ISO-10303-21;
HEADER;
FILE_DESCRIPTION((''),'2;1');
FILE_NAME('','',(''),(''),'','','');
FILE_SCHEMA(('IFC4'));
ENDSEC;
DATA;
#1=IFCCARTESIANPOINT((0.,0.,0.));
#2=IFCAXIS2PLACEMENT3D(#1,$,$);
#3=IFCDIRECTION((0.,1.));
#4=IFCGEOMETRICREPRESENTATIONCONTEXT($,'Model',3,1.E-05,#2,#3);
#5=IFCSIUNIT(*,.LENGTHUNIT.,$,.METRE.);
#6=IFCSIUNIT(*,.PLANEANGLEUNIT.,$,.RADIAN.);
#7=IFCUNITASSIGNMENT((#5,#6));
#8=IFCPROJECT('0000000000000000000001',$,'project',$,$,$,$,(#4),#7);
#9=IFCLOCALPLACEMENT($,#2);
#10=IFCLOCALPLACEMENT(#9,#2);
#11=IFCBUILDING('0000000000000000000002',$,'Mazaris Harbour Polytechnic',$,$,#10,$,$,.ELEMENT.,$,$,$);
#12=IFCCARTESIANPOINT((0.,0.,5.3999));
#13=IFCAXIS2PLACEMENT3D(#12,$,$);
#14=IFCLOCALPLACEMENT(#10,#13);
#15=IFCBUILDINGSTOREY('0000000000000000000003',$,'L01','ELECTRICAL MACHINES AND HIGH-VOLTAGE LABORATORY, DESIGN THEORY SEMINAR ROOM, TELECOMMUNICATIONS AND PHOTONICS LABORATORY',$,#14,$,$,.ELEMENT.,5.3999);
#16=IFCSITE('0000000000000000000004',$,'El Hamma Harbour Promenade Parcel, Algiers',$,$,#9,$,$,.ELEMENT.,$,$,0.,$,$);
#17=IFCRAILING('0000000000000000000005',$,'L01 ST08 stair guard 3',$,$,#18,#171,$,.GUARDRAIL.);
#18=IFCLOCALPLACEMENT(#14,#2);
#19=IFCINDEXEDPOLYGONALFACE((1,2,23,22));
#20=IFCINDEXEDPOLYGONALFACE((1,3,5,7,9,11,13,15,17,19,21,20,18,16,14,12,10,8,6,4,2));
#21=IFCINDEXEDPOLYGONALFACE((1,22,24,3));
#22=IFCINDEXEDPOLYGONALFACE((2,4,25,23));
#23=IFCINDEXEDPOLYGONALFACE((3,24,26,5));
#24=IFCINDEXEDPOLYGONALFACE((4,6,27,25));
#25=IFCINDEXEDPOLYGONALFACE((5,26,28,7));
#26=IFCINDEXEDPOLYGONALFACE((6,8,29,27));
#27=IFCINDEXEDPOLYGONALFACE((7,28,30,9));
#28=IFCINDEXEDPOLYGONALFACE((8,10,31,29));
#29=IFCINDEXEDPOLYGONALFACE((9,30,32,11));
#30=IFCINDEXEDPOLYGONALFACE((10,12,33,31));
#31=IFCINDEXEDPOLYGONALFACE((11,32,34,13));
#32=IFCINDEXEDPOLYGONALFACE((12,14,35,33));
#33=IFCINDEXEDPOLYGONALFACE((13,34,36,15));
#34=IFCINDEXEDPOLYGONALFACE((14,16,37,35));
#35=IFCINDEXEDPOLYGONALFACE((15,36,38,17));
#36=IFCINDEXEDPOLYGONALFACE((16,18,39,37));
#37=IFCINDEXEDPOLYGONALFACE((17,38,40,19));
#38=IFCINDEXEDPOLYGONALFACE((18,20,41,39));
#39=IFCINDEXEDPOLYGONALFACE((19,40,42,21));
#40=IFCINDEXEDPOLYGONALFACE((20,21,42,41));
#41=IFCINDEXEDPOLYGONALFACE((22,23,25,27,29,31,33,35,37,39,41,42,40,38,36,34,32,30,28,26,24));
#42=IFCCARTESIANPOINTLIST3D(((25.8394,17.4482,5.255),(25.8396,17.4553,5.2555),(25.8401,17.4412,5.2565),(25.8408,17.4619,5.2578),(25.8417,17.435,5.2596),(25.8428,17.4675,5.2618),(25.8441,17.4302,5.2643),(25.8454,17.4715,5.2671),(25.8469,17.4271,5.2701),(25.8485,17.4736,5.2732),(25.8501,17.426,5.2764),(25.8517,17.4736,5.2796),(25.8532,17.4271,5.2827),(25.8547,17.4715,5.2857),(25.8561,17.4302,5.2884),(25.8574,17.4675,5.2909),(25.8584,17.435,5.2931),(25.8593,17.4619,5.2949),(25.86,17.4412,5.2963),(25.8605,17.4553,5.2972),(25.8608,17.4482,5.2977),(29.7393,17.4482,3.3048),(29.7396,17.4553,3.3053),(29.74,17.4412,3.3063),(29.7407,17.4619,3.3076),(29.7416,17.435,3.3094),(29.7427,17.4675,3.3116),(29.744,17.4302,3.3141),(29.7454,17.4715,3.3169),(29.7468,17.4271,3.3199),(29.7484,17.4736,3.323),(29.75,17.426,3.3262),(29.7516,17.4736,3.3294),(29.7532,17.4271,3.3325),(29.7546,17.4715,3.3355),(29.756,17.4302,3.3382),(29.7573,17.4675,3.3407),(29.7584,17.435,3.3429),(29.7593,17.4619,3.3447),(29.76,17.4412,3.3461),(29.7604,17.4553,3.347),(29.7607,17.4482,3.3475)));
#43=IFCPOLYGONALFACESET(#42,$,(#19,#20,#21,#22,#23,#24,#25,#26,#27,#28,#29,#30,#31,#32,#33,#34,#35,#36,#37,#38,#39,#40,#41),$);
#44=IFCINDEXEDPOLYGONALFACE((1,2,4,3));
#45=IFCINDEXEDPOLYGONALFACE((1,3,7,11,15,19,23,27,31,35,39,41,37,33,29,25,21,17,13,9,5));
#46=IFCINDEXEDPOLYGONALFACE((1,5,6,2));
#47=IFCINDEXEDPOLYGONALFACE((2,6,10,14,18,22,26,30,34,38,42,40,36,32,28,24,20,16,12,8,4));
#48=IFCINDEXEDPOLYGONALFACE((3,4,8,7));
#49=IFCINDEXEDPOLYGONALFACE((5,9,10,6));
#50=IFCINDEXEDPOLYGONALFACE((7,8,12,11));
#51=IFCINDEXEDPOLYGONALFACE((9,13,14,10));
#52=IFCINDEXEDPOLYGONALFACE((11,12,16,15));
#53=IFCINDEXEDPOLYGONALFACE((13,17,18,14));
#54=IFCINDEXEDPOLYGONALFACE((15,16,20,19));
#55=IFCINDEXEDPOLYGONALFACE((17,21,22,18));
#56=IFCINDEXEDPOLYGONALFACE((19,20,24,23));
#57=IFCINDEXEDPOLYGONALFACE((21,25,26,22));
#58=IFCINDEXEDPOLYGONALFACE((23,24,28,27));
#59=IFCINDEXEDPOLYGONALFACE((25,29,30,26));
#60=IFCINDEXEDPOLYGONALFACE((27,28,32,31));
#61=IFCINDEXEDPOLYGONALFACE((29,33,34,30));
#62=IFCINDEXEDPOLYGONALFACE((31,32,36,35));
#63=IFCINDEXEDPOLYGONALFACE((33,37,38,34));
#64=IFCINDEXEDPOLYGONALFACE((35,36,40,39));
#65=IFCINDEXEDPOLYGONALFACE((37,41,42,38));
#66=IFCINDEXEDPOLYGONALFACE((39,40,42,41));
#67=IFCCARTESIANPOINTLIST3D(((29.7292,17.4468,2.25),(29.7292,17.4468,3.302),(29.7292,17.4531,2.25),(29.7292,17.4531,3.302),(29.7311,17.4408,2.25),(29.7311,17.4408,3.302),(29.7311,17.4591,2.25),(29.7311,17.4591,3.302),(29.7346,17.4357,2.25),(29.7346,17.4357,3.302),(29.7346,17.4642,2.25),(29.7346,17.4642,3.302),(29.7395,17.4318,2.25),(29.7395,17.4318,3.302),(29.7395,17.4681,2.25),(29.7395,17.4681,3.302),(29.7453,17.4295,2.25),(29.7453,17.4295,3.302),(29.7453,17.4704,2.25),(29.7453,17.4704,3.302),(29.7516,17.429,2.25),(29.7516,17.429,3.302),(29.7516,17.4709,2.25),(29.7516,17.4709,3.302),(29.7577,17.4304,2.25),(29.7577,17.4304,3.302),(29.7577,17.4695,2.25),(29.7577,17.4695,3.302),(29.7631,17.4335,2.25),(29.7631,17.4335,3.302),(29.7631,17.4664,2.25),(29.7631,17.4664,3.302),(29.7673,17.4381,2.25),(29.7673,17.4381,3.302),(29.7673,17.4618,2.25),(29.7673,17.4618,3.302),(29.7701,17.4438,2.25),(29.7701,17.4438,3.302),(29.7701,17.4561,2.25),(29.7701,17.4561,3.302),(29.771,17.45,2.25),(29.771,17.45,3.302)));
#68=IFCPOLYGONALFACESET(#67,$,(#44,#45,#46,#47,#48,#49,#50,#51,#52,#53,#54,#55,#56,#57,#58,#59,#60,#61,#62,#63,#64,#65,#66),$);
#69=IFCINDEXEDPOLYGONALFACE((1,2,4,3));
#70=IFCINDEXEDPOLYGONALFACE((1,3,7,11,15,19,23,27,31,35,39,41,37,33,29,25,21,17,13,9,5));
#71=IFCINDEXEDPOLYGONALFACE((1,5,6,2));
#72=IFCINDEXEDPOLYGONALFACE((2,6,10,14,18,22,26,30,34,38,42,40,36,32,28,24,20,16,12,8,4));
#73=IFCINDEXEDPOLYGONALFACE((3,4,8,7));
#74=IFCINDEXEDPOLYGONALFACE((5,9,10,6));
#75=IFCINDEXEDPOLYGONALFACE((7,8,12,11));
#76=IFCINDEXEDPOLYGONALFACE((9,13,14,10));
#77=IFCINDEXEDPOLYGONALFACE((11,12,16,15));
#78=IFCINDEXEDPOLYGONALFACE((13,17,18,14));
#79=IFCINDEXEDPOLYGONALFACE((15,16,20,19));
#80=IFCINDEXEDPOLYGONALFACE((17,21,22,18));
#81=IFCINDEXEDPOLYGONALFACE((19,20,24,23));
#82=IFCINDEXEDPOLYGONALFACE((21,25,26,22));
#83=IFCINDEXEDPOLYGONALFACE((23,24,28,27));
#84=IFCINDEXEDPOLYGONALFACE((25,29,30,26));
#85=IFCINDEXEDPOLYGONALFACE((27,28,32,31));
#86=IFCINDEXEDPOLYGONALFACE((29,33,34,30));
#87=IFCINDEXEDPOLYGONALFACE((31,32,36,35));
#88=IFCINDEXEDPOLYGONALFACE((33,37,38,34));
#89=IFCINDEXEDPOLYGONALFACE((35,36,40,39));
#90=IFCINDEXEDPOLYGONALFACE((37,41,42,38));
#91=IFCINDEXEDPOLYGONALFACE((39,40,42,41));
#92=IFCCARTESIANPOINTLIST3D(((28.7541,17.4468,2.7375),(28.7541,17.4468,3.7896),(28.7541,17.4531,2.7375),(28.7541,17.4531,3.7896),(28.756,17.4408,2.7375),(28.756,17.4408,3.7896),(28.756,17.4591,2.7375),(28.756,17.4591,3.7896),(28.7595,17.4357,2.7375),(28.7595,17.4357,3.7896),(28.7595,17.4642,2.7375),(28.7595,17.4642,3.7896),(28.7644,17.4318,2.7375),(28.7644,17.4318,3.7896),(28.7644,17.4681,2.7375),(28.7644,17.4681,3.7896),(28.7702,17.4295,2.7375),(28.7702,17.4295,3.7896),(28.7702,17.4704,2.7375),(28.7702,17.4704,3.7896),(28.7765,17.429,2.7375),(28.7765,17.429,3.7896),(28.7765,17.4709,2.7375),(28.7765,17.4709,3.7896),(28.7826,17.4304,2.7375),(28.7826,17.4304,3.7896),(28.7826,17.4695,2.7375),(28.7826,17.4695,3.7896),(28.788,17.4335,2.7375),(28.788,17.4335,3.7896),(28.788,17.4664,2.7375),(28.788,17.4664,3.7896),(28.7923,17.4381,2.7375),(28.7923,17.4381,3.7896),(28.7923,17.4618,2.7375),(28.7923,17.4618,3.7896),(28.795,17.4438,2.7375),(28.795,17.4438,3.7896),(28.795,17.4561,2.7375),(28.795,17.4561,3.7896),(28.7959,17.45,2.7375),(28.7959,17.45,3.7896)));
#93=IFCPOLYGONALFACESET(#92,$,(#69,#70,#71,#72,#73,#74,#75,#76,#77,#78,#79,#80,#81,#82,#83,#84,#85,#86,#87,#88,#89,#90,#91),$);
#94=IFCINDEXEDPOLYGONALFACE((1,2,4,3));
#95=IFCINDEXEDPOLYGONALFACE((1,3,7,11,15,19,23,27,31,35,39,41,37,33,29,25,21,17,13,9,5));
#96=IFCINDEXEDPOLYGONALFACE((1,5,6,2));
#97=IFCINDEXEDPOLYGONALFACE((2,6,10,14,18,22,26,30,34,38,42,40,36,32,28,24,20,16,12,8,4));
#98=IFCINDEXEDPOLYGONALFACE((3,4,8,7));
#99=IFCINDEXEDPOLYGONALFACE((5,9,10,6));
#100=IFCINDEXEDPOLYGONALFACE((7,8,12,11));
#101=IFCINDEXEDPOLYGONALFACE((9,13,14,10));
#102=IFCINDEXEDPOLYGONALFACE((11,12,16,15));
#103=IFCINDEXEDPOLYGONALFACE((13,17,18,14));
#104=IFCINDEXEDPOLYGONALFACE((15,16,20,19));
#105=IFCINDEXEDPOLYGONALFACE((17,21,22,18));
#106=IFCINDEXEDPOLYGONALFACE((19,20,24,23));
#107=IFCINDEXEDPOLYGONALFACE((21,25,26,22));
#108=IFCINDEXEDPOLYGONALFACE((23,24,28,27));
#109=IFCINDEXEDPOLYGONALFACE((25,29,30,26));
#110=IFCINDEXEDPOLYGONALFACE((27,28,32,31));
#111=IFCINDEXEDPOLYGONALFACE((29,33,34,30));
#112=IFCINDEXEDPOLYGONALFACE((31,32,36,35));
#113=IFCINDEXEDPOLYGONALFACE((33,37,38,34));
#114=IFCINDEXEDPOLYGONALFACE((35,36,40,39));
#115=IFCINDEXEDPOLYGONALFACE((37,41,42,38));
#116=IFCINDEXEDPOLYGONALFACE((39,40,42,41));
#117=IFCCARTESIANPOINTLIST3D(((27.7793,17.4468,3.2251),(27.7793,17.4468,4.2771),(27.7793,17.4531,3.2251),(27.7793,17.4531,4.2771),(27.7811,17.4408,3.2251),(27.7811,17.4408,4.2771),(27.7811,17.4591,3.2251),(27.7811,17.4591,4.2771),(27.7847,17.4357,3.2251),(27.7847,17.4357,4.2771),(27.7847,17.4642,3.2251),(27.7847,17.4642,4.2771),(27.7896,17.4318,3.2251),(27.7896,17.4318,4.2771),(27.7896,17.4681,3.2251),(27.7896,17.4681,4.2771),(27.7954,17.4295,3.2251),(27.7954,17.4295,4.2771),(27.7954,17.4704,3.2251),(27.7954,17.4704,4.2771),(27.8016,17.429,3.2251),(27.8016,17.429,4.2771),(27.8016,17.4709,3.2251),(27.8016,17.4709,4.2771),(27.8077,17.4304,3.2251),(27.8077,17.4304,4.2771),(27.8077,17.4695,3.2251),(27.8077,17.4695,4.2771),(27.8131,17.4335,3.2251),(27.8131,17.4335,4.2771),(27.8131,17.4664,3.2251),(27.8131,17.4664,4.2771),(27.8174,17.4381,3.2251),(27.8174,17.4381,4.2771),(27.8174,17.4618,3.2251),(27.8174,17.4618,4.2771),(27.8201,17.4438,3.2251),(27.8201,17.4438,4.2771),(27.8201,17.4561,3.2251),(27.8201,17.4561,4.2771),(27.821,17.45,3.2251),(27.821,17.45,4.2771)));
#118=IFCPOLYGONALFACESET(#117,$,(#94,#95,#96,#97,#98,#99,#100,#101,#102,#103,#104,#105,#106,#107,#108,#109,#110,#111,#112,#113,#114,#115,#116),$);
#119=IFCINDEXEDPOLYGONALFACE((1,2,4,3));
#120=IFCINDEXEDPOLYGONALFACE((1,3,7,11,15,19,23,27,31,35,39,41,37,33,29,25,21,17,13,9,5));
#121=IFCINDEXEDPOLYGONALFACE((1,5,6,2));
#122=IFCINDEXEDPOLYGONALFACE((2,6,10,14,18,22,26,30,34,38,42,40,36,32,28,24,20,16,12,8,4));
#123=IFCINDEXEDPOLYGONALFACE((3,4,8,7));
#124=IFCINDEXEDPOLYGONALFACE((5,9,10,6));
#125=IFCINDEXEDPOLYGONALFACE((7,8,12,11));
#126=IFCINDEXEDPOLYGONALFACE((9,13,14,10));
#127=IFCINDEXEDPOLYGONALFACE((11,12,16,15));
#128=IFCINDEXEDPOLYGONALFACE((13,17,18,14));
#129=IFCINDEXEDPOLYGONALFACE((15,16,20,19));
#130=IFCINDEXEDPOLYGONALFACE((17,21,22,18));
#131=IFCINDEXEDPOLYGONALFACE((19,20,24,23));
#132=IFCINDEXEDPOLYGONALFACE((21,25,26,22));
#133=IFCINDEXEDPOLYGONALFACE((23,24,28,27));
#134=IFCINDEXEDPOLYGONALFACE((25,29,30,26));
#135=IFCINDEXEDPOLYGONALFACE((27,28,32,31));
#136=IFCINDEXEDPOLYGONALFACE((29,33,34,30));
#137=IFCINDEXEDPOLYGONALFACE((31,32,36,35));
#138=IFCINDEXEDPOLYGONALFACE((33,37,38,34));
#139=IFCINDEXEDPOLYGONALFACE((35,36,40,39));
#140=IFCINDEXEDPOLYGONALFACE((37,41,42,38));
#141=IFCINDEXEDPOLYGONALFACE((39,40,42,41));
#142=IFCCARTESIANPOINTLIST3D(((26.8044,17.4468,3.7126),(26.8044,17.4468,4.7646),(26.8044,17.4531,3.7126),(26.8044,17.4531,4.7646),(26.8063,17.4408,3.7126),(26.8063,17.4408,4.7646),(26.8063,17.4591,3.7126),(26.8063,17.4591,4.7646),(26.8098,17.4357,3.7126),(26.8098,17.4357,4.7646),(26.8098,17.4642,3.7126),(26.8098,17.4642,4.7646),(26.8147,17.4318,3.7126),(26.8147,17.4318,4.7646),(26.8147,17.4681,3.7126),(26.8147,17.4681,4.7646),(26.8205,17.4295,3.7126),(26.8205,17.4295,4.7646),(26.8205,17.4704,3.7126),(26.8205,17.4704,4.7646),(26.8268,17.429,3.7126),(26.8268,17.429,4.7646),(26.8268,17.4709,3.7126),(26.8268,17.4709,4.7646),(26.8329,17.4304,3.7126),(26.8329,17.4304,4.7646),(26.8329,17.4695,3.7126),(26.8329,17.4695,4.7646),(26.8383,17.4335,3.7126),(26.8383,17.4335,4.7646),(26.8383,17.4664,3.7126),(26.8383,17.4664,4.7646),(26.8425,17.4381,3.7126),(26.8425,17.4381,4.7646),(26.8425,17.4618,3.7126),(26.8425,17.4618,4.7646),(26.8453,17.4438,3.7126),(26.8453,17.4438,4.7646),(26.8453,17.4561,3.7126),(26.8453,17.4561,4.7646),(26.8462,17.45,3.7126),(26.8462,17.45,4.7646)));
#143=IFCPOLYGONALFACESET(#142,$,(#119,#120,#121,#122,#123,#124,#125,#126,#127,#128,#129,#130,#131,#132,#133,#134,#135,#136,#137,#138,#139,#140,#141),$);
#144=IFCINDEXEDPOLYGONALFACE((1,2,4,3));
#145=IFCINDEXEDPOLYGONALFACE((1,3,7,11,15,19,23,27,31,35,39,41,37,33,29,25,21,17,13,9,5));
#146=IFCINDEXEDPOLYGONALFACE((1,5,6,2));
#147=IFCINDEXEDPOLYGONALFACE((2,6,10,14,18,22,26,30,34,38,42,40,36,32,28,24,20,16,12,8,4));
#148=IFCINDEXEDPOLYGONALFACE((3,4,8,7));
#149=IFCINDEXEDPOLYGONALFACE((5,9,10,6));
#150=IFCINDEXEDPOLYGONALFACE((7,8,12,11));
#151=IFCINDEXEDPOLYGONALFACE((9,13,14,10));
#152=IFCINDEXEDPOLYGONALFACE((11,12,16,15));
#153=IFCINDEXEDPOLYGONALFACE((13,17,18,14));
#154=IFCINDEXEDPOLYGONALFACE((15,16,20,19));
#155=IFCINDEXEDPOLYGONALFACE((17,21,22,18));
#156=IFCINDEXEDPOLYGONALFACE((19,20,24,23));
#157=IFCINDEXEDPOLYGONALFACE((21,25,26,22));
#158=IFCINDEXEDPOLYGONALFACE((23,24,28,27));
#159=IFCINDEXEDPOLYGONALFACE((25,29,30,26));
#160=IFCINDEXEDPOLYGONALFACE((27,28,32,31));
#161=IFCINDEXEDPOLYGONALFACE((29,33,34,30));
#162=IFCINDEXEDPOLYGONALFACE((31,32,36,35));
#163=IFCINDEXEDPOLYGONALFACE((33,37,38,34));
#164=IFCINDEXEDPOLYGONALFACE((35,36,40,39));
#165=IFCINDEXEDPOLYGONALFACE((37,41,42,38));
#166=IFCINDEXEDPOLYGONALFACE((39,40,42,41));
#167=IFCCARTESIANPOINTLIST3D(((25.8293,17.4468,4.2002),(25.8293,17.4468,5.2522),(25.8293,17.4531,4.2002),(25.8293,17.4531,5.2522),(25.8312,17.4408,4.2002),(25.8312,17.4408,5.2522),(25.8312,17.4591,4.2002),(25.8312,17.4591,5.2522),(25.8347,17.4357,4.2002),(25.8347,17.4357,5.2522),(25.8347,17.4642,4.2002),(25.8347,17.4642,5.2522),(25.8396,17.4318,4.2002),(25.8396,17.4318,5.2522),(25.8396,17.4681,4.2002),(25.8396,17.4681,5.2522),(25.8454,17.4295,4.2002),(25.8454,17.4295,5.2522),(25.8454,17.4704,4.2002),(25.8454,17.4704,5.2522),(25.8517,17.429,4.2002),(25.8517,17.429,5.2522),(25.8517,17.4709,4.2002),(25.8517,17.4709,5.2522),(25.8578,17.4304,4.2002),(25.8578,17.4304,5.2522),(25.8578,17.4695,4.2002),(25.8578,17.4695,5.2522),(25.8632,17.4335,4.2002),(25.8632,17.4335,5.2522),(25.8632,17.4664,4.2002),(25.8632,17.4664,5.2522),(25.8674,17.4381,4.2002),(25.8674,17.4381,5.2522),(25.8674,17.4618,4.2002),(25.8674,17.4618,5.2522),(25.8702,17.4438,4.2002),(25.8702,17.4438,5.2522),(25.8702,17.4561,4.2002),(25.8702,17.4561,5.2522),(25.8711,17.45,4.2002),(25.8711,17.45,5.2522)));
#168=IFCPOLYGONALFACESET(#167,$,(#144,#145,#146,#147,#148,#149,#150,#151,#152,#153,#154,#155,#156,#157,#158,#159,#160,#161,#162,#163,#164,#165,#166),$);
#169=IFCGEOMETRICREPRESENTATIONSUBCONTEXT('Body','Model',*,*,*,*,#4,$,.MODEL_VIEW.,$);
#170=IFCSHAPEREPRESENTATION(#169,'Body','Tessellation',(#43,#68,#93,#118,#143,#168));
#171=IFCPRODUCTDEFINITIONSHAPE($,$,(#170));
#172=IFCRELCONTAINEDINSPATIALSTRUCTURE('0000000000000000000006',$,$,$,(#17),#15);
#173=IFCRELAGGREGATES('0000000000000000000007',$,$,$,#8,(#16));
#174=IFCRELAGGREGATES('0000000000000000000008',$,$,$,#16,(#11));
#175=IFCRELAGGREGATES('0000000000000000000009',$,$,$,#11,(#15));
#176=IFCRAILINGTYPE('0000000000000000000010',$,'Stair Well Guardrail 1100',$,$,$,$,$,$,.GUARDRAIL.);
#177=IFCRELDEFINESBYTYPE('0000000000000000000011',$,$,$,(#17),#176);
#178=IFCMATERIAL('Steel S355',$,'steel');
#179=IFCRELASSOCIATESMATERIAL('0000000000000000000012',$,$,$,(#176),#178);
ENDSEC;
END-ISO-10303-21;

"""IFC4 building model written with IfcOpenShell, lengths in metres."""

from ifc_helpers import new_model, si_unit, direction, frame, origin, origin_2d, place, context, subcontext, project, spatial, circle, extrude, material, type_object, element, save


model = new_model("IFC4")

# Units and contexts
model_context = context("Model", 3, precision=1e-05, world=origin(), true_north=direction((0.0, 1.0)))
body_context = subcontext(model_context, "Body", "Model", "MODEL_VIEW")
ifc_project = project(units=[si_unit("LENGTHUNIT", "METRE"), si_unit("PLANEANGLEUNIT", "RADIAN")], contexts=[model_context])

# Site, building, storey
site_placement = place(None, origin())
site = spatial("IfcSite", under=ifc_project, at=site_placement, Name="El Hamma Harbour Promenade Parcel, Algiers", CompositionType="ELEMENT", RefElevation=0.0)
building_placement = place(site_placement, origin())
building = spatial("IfcBuilding", under=site, at=building_placement, Name="Mazaris Harbour Polytechnic", CompositionType="ELEMENT")
storey_placement = place(building_placement, frame((0.0, 0.0, 5.3999)))
storey = spatial("IfcBuildingStorey", under=building, at=storey_placement, Name="L01", Description="ELECTRICAL MACHINES AND HIGH-VOLTAGE LABORATORY, DESIGN THEORY SEMINAR ROOM, TELECOMMUNICATIONS AND PHOTONICS LABORATORY", CompositionType="ELEMENT", Elevation=5.3999)

# Railing
ifc_material_1 = material(Name="Steel S355", Category="steel")
railing_type_1 = type_object("IfcRailingType", Name="Stair Well Guardrail 1100", PredefinedType="GUARDRAIL", material=ifc_material_1)
railing_1_placement = place(storey_placement, frame((29.75, 17.45, 2.25)))
element("IfcRailing", 1, at=railing_1_placement, inside=storey, type_object=railing_type_1, Name="L01 ST08 stair guard 3", PredefinedType="GUARDRAIL", context=body_context, shape_type="SweptSolid", body=[
    extrude(circle(Radius=0.0239, at=origin_2d()), frame((0.0, 0.0, 1.0762), z_axis=(-0.894405, 0.0, 0.447258), x_axis=(0.0, -1.0, 0.0)), (0.0, 0.0, 1.0), 4.3604),
    extrude(circle(Radius=0.021, at=origin_2d()), origin(), (0.0, 0.0, 1.0), 1.052),
    extrude(circle(Radius=0.021, at=origin_2d()), frame((-0.9751, 0.0, 0.4875)), (0.0, 0.0, 1.0), 1.052),
    extrude(circle(Radius=0.021, at=origin_2d()), frame((-1.95, 0.0, 0.9751)), (0.0, 0.0, 1.0), 1.052),
    extrude(circle(Radius=0.021, at=origin_2d()), frame((-2.9248, 0.0, 1.4626)), (0.0, 0.0, 1.0), 1.052),
    extrude(circle(Radius=0.021, at=origin_2d()), frame((-3.8999, 0.0, 1.9502)), (0.0, 0.0, 1.0), 1.052),
])

save(model, "model.ifc")
